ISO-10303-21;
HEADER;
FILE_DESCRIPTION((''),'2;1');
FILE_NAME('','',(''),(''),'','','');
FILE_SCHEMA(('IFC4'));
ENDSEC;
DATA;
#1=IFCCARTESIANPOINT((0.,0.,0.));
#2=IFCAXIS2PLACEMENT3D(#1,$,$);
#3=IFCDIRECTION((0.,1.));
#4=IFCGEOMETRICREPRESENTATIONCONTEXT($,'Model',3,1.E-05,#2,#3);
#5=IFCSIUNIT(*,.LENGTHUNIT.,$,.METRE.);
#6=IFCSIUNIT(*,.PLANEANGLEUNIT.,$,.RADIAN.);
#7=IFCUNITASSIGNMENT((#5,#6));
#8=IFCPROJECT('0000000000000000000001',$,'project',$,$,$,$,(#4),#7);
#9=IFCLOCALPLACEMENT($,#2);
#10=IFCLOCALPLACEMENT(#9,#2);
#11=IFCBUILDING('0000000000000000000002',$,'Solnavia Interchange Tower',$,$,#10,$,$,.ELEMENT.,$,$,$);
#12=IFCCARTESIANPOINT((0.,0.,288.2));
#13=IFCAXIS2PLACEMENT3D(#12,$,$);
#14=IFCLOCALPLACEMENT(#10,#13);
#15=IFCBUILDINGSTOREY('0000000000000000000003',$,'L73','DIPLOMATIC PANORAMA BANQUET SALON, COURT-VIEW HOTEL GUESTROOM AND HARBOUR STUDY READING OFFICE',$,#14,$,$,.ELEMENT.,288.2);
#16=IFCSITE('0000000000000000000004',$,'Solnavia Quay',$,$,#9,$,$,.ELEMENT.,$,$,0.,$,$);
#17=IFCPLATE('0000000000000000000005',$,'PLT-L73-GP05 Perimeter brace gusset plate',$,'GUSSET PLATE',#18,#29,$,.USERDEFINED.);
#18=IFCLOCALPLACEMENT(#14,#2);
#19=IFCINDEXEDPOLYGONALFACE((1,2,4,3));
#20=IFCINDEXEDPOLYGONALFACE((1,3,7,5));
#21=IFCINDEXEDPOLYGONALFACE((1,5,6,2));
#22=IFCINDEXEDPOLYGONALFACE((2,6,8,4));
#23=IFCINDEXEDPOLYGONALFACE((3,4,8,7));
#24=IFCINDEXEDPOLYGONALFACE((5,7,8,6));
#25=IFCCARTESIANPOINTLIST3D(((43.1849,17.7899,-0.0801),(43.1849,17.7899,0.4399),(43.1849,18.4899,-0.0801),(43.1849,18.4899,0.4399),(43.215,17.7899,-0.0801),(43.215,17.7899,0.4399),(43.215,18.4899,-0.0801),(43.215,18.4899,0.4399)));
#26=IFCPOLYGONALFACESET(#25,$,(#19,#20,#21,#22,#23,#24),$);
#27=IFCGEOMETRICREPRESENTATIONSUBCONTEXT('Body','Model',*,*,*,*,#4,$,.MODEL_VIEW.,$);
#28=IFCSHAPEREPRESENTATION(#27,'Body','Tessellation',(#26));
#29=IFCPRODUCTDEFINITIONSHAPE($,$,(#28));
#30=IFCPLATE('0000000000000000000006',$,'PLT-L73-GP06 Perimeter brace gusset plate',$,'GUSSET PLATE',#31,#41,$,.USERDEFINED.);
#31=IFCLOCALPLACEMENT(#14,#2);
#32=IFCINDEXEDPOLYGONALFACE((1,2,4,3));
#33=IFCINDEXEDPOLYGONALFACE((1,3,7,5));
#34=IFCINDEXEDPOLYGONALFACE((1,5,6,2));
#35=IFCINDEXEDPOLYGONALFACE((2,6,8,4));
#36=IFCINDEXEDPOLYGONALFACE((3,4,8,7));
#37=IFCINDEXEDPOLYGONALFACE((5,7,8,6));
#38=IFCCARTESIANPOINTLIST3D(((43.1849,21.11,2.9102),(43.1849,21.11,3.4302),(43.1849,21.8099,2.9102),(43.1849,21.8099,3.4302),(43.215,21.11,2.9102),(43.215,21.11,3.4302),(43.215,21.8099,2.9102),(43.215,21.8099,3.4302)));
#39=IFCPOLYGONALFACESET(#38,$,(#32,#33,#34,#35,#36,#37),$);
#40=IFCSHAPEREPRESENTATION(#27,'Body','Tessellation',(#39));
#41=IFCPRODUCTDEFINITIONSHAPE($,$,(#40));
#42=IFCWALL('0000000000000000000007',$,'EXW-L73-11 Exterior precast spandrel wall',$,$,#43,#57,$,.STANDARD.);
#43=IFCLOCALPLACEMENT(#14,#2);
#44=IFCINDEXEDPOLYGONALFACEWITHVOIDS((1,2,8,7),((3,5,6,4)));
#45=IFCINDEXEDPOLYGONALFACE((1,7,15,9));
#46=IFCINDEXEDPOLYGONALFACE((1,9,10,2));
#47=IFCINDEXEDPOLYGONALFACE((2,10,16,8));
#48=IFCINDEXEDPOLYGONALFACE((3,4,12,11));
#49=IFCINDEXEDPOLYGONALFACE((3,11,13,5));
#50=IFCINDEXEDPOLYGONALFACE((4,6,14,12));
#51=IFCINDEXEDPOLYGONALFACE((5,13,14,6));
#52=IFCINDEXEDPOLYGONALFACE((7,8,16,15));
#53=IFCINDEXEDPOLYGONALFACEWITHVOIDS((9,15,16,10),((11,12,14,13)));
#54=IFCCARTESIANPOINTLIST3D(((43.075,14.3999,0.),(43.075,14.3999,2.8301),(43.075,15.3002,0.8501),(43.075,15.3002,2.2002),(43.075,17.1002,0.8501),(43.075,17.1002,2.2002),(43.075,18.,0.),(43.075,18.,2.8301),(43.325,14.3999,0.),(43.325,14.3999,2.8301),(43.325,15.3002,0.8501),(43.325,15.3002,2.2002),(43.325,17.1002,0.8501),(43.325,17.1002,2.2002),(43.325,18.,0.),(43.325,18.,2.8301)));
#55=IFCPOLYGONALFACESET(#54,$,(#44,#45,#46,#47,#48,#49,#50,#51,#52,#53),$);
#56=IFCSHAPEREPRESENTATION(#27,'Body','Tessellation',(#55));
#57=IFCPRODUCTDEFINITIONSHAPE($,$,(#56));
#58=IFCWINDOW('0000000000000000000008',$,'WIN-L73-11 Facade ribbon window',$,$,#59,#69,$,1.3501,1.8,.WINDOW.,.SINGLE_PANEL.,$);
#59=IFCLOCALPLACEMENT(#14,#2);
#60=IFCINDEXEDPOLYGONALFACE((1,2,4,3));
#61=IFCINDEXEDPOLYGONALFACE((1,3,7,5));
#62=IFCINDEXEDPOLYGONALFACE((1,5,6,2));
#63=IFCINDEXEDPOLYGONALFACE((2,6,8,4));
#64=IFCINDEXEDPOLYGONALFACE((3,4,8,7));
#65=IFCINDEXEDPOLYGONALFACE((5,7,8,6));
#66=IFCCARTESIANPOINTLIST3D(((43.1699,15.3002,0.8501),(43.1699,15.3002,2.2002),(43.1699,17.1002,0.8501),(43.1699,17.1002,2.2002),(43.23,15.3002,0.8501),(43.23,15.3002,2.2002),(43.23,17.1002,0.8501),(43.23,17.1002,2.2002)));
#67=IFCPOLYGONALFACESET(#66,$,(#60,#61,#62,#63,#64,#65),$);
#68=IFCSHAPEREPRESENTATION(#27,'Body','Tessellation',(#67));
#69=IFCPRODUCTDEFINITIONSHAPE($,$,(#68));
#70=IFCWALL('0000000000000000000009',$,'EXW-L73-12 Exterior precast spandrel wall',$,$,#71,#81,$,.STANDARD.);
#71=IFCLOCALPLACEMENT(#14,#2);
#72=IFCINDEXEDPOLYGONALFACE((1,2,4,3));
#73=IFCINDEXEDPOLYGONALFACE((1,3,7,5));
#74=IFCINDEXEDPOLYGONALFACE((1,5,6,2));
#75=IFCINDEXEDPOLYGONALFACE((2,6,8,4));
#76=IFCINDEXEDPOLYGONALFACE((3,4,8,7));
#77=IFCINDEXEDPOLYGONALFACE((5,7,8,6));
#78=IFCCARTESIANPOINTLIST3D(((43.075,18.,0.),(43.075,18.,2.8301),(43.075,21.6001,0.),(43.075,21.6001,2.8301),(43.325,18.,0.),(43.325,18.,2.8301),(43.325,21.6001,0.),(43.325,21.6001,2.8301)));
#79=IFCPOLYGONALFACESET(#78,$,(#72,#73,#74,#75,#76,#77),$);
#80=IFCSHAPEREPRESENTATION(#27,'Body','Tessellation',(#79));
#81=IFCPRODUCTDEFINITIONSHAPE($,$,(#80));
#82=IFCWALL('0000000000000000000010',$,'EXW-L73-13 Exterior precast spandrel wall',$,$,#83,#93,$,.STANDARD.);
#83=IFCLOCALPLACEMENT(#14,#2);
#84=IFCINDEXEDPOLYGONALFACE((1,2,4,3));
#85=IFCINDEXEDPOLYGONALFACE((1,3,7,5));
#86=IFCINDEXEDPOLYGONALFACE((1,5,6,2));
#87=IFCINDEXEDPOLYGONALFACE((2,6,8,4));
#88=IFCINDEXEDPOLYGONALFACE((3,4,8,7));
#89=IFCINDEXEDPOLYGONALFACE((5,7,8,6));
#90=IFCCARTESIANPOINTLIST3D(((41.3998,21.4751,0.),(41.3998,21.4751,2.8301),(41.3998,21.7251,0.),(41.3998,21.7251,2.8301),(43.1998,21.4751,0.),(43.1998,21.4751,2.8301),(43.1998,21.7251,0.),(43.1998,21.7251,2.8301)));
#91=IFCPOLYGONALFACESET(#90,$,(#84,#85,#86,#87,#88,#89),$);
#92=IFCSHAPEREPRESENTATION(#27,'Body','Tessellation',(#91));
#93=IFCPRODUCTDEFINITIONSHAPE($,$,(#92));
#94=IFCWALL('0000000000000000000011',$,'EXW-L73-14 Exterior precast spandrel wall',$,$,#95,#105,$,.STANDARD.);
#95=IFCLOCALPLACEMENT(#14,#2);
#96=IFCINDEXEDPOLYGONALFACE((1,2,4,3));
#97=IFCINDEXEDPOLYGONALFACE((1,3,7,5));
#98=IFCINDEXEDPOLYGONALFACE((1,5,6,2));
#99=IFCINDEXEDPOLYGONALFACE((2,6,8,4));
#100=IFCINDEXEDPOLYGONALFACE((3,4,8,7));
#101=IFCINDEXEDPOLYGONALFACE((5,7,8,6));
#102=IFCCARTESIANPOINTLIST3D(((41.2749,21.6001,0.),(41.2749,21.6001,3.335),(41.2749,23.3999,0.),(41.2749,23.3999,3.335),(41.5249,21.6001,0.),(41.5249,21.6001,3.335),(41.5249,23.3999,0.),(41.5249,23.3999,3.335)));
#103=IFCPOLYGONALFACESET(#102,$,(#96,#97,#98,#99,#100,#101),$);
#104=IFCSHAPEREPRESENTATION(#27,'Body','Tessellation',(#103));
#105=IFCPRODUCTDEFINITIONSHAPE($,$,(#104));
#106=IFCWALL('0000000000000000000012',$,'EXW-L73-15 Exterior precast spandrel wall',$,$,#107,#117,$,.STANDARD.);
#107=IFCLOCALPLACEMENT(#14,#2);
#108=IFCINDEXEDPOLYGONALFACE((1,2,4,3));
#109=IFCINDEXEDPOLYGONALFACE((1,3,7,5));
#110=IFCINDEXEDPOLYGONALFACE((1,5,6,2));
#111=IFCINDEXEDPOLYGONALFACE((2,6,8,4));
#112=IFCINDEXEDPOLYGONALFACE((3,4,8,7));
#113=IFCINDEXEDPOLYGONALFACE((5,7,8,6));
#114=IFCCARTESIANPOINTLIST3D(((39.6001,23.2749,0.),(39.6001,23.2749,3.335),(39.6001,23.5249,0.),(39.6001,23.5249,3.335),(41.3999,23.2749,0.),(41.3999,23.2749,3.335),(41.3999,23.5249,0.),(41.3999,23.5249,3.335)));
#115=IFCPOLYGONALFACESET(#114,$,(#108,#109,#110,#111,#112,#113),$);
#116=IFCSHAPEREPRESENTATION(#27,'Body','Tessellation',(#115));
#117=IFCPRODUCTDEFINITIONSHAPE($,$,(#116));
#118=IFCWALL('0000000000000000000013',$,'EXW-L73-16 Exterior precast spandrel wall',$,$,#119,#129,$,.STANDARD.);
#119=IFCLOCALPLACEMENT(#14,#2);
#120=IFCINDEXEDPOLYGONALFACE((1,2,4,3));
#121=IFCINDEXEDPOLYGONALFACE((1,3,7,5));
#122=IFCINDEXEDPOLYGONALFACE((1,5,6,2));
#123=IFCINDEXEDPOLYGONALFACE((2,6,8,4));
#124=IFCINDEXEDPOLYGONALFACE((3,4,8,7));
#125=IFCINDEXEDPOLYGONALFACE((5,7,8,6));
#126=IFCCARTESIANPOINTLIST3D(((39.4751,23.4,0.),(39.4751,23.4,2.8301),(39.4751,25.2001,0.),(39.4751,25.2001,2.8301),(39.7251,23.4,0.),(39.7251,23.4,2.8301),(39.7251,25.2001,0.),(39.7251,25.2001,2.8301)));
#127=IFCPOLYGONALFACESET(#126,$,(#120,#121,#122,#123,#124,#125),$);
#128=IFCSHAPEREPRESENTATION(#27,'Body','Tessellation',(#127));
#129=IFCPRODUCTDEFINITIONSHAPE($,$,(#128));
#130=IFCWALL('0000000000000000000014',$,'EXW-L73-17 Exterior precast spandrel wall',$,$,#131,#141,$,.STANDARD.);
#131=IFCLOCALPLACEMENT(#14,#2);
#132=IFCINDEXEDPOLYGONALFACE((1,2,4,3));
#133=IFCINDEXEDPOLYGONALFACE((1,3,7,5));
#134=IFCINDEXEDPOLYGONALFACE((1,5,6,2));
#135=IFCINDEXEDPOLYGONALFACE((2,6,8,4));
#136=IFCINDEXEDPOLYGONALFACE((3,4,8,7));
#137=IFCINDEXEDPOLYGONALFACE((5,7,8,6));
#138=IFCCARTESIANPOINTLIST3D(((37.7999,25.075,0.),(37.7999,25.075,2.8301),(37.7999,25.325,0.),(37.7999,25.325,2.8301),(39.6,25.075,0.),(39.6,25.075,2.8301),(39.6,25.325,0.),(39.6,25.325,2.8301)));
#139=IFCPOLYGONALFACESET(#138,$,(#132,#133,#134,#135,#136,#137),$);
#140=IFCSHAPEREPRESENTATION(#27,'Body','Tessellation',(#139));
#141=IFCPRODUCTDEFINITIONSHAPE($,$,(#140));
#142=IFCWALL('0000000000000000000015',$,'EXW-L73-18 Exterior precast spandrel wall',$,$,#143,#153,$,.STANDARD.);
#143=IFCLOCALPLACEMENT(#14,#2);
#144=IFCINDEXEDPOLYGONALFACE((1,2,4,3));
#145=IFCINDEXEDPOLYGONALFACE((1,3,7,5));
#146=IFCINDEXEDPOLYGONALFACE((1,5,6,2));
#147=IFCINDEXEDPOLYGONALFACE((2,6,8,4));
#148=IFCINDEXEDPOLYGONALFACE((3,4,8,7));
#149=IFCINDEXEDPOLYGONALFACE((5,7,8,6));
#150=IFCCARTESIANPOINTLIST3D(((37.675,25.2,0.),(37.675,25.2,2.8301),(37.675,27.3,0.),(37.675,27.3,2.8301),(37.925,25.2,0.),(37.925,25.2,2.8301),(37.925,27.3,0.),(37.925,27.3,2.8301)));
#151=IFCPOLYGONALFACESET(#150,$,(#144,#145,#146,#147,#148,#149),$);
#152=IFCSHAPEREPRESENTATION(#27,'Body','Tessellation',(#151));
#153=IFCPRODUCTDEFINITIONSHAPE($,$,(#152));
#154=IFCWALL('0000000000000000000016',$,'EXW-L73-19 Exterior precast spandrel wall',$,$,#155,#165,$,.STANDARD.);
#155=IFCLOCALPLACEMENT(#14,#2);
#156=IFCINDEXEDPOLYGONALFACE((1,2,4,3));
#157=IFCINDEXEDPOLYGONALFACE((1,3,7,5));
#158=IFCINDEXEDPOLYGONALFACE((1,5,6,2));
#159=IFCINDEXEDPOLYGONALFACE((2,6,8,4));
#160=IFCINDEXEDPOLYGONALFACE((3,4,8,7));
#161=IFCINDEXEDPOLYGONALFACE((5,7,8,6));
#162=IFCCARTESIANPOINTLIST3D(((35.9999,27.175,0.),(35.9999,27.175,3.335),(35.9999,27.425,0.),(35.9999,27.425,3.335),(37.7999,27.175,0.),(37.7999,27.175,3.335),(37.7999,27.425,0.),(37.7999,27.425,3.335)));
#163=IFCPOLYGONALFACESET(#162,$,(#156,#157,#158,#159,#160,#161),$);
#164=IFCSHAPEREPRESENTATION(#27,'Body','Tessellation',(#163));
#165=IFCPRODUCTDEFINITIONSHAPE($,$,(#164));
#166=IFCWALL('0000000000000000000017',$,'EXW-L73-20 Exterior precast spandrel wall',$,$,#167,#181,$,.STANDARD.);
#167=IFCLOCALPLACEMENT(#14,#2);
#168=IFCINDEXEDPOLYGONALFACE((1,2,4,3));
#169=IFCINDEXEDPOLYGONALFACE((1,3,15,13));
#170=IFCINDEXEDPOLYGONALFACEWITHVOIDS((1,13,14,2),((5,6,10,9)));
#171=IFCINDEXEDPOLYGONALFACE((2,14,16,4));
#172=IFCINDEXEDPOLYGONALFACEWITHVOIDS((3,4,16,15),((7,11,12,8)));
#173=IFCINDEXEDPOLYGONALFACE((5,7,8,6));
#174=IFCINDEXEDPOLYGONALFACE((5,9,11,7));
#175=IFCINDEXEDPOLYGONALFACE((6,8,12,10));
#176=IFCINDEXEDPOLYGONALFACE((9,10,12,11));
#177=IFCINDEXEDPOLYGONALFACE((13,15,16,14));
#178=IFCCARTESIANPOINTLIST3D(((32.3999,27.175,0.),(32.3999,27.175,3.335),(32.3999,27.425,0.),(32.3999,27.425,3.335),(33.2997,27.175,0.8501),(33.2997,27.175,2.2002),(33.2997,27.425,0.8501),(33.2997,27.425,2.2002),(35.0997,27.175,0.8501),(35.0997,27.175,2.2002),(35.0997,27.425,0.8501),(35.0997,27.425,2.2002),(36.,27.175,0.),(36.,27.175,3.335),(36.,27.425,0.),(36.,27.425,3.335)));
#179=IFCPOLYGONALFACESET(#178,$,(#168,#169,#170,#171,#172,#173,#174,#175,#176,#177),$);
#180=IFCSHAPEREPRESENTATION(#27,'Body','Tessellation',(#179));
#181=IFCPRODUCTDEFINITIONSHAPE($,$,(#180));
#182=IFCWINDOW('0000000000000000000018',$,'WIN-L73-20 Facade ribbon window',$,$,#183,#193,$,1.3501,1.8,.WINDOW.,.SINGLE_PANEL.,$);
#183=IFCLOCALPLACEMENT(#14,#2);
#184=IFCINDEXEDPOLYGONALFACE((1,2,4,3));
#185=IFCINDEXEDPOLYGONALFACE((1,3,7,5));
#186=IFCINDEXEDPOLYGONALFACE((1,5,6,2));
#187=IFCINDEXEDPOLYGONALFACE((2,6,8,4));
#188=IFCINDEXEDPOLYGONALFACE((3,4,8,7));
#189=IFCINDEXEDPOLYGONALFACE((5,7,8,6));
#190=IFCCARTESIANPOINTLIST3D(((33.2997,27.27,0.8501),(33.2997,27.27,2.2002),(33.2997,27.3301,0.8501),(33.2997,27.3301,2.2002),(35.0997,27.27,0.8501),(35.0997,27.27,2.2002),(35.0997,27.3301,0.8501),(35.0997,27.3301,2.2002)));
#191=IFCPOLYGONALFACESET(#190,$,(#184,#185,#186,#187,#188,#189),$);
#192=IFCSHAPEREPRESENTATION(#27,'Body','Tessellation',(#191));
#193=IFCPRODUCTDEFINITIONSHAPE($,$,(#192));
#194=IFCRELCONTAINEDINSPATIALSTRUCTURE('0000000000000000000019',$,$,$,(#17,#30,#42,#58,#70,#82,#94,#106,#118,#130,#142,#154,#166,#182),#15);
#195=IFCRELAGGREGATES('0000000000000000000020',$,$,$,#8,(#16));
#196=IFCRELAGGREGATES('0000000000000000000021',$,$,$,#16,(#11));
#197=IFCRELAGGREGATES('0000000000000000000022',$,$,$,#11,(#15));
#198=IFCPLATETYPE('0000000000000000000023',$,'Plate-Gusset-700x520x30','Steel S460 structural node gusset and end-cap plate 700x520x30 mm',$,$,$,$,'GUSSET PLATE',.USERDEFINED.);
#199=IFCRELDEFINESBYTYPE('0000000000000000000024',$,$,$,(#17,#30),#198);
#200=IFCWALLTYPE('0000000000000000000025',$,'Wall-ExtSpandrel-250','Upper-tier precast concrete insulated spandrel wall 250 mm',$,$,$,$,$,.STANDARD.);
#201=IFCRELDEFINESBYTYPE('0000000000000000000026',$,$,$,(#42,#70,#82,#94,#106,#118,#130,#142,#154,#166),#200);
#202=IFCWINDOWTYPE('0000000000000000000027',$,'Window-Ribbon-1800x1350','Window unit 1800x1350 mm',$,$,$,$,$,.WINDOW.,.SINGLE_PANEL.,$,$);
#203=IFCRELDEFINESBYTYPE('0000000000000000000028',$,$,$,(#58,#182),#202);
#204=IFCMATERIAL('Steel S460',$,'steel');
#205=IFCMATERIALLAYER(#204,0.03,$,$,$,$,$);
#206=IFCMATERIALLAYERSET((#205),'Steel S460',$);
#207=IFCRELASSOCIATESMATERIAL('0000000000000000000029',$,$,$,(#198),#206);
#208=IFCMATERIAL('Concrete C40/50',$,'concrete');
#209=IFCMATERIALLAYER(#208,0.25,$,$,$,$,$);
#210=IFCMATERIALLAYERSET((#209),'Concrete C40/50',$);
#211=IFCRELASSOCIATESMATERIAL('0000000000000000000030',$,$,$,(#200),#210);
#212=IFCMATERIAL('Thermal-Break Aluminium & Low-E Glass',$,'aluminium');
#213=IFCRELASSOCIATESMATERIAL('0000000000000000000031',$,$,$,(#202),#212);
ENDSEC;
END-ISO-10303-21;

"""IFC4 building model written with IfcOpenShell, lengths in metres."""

from ifc_helpers import new_model, si_unit, direction, frame, frame_2d, origin, origin_2d, place, context, subcontext, project, spatial, rectangle, extrude, material, layer, layer_set, type_object, element, fill, save


model = new_model("IFC4")

# Units and contexts
model_context = context("Model", 3, precision=1e-05, world=origin(), true_north=direction((0.0, 1.0)))
body_context = subcontext(model_context, "Body", "Model", "MODEL_VIEW")
ifc_project = project(units=[si_unit("LENGTHUNIT", "METRE"), si_unit("PLANEANGLEUNIT", "RADIAN")], contexts=[model_context])

# Site, building, storey
site_placement = place(None, origin())
site = spatial("IfcSite", under=ifc_project, at=site_placement, Name="Solnavia Quay", CompositionType="ELEMENT", RefElevation=0.0)
building_placement = place(site_placement, origin())
building = spatial("IfcBuilding", under=site, at=building_placement, Name="Solnavia Interchange Tower", CompositionType="ELEMENT")
storey_placement = place(building_placement, frame((0.0, 0.0, 288.2)))
storey = spatial("IfcBuildingStorey", under=building, at=storey_placement, Name="L73", Description="DIPLOMATIC PANORAMA BANQUET SALON, COURT-VIEW HOTEL GUESTROOM AND HARBOUR STUDY READING OFFICE", CompositionType="ELEMENT", Elevation=288.2)

# Shared definitions
ifc_material_1 = material(Name="Steel S460", Category="steel")

# Plates
ifc_layer_1 = layer(ifc_material_1, 0.03)
ifc_layer_set_1 = layer_set([ifc_layer_1], Name="Steel S460")
plate_type = type_object("IfcPlateType", Name="Plate-Gusset-700x520x30", Description="Steel S460 structural node gusset and end-cap plate 700x520x30 mm", ElementType="GUSSET PLATE", PredefinedType="USERDEFINED", material=ifc_layer_set_1)
for number, where, z_axis, x_axis, name in (
    (1, (43.2, 18.1399, -0.0801), (0.0, 0.0, 1.0), (0.0, 1.0, 0.0), "PLT-L73-GP05 Perimeter brace gusset plate"),
    (2, (43.2, 21.46, 2.9102), (0.0, 0.0, 1.0), (0.0, 1.0, 0.0), "PLT-L73-GP06 Perimeter brace gusset plate"),
):
    element("IfcPlate", number, at=place(storey_placement, frame(where, z_axis=z_axis, x_axis=x_axis)), inside=storey, type_object=plate_type, Name=name, ObjectType="GUSSET PLATE", PredefinedType="USERDEFINED", context=body_context, shape_type="SweptSolid", body=[
        extrude(rectangle(XDim=0.7, YDim=0.03, at=origin_2d()), origin(), (0.0, 0.0, 1.0), 0.52),
    ])

# Wall, opening, window
ifc_material_2 = material(Name="Concrete C40/50", Category="concrete")
ifc_layer_2 = layer(ifc_material_2, 0.25)
ifc_layer_set_2 = layer_set([ifc_layer_2], Name="Concrete C40/50")
wall_type_1 = type_object("IfcWallType", Name="Wall-ExtSpandrel-250", Description="Upper-tier precast concrete insulated spandrel wall 250 mm", PredefinedType="STANDARD", material=ifc_layer_set_2)
wall_1_placement = place(storey_placement, frame((43.2, 18.0, 0.0), z_axis=(0.0, 0.0, 1.0), x_axis=(0.0, -1.0, 0.0)))
wall_1 = element("IfcWall", 3, at=wall_1_placement, inside=storey, type_object=wall_type_1, Name="EXW-L73-11 Exterior precast spandrel wall", PredefinedType="STANDARD", context=body_context, shape_type="SweptSolid", body=[
    extrude(rectangle(XDim=3.6001, YDim=0.25, at=frame_2d((1.8, 0.0))), origin(), (0.0, 0.0, 1.0), 2.8301),
])
opening_1_placement = place(wall_1_placement, frame((0.8999, 0.0, 0.8501)))
opening_1 = element("IfcOpeningElement", 4, at=opening_1_placement, cuts=wall_1, PredefinedType="OPENING", context=body_context, shape_type="SweptSolid", body=[
    extrude(rectangle(XDim=1.8, YDim=1.3501, at=frame_2d((0.8999, 0.675))), frame((0.0, 0.135, 0.0), z_axis=(0.0, -1.0, 0.0), x_axis=(1.0, 0.0, 0.0)), (0.0, 0.0, 1.0), 0.27),
])
ifc_material_3 = material(Name="Thermal-Break Aluminium & Low-E Glass", Category="aluminium")
window_type = type_object("IfcWindowType", Name="Window-Ribbon-1800x1350", Description="Window unit 1800x1350 mm", PartitioningType="SINGLE_PANEL", PredefinedType="WINDOW", material=ifc_material_3)
window_1_placement = place(opening_1_placement, origin())
window_1 = element("IfcWindow", 5, at=window_1_placement, inside=storey, type_object=window_type, Name="WIN-L73-11 Facade ribbon window", OverallHeight=1.3501, OverallWidth=1.8, PartitioningType="SINGLE_PANEL", PredefinedType="WINDOW", context=body_context, shape_type="SweptSolid", body=[
    extrude(rectangle(XDim=1.8, YDim=1.3501, at=frame_2d((0.8999, 0.675))), frame((0.0, 0.03, 0.0), z_axis=(0.0, -1.0, 0.0), x_axis=(1.0, 0.0, 0.0)), (0.0, 0.0, 1.0), 0.0601),
])
fill(opening_1, window_1)

# Walls
wall_2_placement = place(storey_placement, frame((43.2, 21.6001, 0.0), z_axis=(0.0, 0.0, 1.0), x_axis=(0.0, -1.0, 0.0)))
element("IfcWall", 6, at=wall_2_placement, inside=storey, type_object=wall_type_1, Name="EXW-L73-12 Exterior precast spandrel wall", PredefinedType="STANDARD", context=body_context, shape_type="SweptSolid", body=[
    extrude(rectangle(XDim=3.6001, YDim=0.25, at=frame_2d((1.8, 0.0))), origin(), (0.0, 0.0, 1.0), 2.8301),
])
wall_3_placement = place(storey_placement, frame((41.3999, 21.6001, 0.0), z_axis=(0.0, 0.0, 1.0), x_axis=(1.0, 0.0, 0.0)))
element("IfcWall", 7, at=wall_3_placement, inside=storey, type_object=wall_type_1, Name="EXW-L73-13 Exterior precast spandrel wall", PredefinedType="STANDARD", context=body_context, shape_type="SweptSolid", body=[
    extrude(rectangle(XDim=1.8, YDim=0.25, at=frame_2d((0.8999, 0.0))), origin(), (0.0, 0.0, 1.0), 2.8301),
])
for number, where, z_axis, x_axis, name in (
    (8, (41.3999, 23.3999, 0.0), (0.0, 0.0, 1.0), (0.0, -1.0, 0.0), "EXW-L73-14 Exterior precast spandrel wall"),
    (9, (39.6001, 23.3999, 0.0), (0.0, 0.0, 1.0), (1.0, 0.0, 0.0), "EXW-L73-15 Exterior precast spandrel wall"),
):
    element("IfcWall", number, at=place(storey_placement, frame(where, z_axis=z_axis, x_axis=x_axis)), inside=storey, type_object=wall_type_1, Name=name, PredefinedType="STANDARD", context=body_context, shape_type="SweptSolid", body=[
        extrude(rectangle(XDim=1.7998, YDim=0.25, at=frame_2d((0.8999, 0.0))), origin(), (0.0, 0.0, 1.0), 3.335),
    ])
for number, where, z_axis, x_axis, name in (
    (10, (39.6001, 25.2, 0.0), (0.0, 0.0, 1.0), (0.0, -1.0, 0.0), "EXW-L73-16 Exterior precast spandrel wall"),
    (11, (37.8, 25.2, 0.0), (0.0, 0.0, 1.0), (1.0, 0.0, 0.0), "EXW-L73-17 Exterior precast spandrel wall"),
):
    element("IfcWall", number, at=place(storey_placement, frame(where, z_axis=z_axis, x_axis=x_axis)), inside=storey, type_object=wall_type_1, Name=name, PredefinedType="STANDARD", context=body_context, shape_type="SweptSolid", body=[
        extrude(rectangle(XDim=1.8, YDim=0.25, at=frame_2d((0.8999, 0.0))), origin(), (0.0, 0.0, 1.0), 2.8301),
    ])
wall_4_placement = place(storey_placement, frame((37.8, 27.3, 0.0), z_axis=(0.0, 0.0, 1.0), x_axis=(0.0, -1.0, 0.0)))
element("IfcWall", 12, at=wall_4_placement, inside=storey, type_object=wall_type_1, Name="EXW-L73-18 Exterior precast spandrel wall", PredefinedType="STANDARD", context=body_context, shape_type="SweptSolid", body=[
    extrude(rectangle(XDim=2.1001, YDim=0.25, at=frame_2d((1.05, 0.0))), origin(), (0.0, 0.0, 1.0), 2.8301),
])
wall_5_placement = place(storey_placement, frame((36.0, 27.3, 0.0), z_axis=(0.0, 0.0, 1.0), x_axis=(1.0, 0.0, 0.0)))
element("IfcWall", 13, at=wall_5_placement, inside=storey, type_object=wall_type_1, Name="EXW-L73-19 Exterior precast spandrel wall", PredefinedType="STANDARD", context=body_context, shape_type="SweptSolid", body=[
    extrude(rectangle(XDim=1.8, YDim=0.25, at=frame_2d((0.8999, 0.0))), origin(), (0.0, 0.0, 1.0), 3.335),
])

# Wall, opening, window
wall_6_placement = place(storey_placement, frame((32.3999, 27.3, 0.0), z_axis=(0.0, 0.0, 1.0), x_axis=(1.0, 0.0, 0.0)))
wall_6 = element("IfcWall", 14, at=wall_6_placement, inside=storey, type_object=wall_type_1, Name="EXW-L73-20 Exterior precast spandrel wall", PredefinedType="STANDARD", context=body_context, shape_type="SweptSolid", body=[
    extrude(rectangle(XDim=3.6001, YDim=0.25, at=frame_2d((1.8, 0.0))), origin(), (0.0, 0.0, 1.0), 3.335),
])
opening_2_placement = place(wall_6_placement, frame((0.8999, 0.0, 0.8501)))
opening_2 = element("IfcOpeningElement", 15, at=opening_2_placement, cuts=wall_6, PredefinedType="OPENING", context=body_context, shape_type="SweptSolid", body=[
    extrude(rectangle(XDim=1.8, YDim=1.3501, at=frame_2d((0.8999, 0.675))), frame((0.0, 0.135, 0.0), z_axis=(0.0, -1.0, 0.0), x_axis=(1.0, 0.0, 0.0)), (0.0, 0.0, 1.0), 0.27),
])
window_2_placement = place(opening_2_placement, origin())
window_2 = element("IfcWindow", 16, at=window_2_placement, inside=storey, type_object=window_type, Name="WIN-L73-20 Facade ribbon window", OverallHeight=1.3501, OverallWidth=1.8, PartitioningType="SINGLE_PANEL", PredefinedType="WINDOW", context=body_context, shape_type="SweptSolid", body=[
    extrude(rectangle(XDim=1.8, YDim=1.3501, at=frame_2d((0.8999, 0.675))), frame((0.0, 0.03, 0.0), z_axis=(0.0, -1.0, 0.0), x_axis=(1.0, 0.0, 0.0)), (0.0, 0.0, 1.0), 0.0601),
])
fill(opening_2, window_2)

save(model, "model.ifc")
